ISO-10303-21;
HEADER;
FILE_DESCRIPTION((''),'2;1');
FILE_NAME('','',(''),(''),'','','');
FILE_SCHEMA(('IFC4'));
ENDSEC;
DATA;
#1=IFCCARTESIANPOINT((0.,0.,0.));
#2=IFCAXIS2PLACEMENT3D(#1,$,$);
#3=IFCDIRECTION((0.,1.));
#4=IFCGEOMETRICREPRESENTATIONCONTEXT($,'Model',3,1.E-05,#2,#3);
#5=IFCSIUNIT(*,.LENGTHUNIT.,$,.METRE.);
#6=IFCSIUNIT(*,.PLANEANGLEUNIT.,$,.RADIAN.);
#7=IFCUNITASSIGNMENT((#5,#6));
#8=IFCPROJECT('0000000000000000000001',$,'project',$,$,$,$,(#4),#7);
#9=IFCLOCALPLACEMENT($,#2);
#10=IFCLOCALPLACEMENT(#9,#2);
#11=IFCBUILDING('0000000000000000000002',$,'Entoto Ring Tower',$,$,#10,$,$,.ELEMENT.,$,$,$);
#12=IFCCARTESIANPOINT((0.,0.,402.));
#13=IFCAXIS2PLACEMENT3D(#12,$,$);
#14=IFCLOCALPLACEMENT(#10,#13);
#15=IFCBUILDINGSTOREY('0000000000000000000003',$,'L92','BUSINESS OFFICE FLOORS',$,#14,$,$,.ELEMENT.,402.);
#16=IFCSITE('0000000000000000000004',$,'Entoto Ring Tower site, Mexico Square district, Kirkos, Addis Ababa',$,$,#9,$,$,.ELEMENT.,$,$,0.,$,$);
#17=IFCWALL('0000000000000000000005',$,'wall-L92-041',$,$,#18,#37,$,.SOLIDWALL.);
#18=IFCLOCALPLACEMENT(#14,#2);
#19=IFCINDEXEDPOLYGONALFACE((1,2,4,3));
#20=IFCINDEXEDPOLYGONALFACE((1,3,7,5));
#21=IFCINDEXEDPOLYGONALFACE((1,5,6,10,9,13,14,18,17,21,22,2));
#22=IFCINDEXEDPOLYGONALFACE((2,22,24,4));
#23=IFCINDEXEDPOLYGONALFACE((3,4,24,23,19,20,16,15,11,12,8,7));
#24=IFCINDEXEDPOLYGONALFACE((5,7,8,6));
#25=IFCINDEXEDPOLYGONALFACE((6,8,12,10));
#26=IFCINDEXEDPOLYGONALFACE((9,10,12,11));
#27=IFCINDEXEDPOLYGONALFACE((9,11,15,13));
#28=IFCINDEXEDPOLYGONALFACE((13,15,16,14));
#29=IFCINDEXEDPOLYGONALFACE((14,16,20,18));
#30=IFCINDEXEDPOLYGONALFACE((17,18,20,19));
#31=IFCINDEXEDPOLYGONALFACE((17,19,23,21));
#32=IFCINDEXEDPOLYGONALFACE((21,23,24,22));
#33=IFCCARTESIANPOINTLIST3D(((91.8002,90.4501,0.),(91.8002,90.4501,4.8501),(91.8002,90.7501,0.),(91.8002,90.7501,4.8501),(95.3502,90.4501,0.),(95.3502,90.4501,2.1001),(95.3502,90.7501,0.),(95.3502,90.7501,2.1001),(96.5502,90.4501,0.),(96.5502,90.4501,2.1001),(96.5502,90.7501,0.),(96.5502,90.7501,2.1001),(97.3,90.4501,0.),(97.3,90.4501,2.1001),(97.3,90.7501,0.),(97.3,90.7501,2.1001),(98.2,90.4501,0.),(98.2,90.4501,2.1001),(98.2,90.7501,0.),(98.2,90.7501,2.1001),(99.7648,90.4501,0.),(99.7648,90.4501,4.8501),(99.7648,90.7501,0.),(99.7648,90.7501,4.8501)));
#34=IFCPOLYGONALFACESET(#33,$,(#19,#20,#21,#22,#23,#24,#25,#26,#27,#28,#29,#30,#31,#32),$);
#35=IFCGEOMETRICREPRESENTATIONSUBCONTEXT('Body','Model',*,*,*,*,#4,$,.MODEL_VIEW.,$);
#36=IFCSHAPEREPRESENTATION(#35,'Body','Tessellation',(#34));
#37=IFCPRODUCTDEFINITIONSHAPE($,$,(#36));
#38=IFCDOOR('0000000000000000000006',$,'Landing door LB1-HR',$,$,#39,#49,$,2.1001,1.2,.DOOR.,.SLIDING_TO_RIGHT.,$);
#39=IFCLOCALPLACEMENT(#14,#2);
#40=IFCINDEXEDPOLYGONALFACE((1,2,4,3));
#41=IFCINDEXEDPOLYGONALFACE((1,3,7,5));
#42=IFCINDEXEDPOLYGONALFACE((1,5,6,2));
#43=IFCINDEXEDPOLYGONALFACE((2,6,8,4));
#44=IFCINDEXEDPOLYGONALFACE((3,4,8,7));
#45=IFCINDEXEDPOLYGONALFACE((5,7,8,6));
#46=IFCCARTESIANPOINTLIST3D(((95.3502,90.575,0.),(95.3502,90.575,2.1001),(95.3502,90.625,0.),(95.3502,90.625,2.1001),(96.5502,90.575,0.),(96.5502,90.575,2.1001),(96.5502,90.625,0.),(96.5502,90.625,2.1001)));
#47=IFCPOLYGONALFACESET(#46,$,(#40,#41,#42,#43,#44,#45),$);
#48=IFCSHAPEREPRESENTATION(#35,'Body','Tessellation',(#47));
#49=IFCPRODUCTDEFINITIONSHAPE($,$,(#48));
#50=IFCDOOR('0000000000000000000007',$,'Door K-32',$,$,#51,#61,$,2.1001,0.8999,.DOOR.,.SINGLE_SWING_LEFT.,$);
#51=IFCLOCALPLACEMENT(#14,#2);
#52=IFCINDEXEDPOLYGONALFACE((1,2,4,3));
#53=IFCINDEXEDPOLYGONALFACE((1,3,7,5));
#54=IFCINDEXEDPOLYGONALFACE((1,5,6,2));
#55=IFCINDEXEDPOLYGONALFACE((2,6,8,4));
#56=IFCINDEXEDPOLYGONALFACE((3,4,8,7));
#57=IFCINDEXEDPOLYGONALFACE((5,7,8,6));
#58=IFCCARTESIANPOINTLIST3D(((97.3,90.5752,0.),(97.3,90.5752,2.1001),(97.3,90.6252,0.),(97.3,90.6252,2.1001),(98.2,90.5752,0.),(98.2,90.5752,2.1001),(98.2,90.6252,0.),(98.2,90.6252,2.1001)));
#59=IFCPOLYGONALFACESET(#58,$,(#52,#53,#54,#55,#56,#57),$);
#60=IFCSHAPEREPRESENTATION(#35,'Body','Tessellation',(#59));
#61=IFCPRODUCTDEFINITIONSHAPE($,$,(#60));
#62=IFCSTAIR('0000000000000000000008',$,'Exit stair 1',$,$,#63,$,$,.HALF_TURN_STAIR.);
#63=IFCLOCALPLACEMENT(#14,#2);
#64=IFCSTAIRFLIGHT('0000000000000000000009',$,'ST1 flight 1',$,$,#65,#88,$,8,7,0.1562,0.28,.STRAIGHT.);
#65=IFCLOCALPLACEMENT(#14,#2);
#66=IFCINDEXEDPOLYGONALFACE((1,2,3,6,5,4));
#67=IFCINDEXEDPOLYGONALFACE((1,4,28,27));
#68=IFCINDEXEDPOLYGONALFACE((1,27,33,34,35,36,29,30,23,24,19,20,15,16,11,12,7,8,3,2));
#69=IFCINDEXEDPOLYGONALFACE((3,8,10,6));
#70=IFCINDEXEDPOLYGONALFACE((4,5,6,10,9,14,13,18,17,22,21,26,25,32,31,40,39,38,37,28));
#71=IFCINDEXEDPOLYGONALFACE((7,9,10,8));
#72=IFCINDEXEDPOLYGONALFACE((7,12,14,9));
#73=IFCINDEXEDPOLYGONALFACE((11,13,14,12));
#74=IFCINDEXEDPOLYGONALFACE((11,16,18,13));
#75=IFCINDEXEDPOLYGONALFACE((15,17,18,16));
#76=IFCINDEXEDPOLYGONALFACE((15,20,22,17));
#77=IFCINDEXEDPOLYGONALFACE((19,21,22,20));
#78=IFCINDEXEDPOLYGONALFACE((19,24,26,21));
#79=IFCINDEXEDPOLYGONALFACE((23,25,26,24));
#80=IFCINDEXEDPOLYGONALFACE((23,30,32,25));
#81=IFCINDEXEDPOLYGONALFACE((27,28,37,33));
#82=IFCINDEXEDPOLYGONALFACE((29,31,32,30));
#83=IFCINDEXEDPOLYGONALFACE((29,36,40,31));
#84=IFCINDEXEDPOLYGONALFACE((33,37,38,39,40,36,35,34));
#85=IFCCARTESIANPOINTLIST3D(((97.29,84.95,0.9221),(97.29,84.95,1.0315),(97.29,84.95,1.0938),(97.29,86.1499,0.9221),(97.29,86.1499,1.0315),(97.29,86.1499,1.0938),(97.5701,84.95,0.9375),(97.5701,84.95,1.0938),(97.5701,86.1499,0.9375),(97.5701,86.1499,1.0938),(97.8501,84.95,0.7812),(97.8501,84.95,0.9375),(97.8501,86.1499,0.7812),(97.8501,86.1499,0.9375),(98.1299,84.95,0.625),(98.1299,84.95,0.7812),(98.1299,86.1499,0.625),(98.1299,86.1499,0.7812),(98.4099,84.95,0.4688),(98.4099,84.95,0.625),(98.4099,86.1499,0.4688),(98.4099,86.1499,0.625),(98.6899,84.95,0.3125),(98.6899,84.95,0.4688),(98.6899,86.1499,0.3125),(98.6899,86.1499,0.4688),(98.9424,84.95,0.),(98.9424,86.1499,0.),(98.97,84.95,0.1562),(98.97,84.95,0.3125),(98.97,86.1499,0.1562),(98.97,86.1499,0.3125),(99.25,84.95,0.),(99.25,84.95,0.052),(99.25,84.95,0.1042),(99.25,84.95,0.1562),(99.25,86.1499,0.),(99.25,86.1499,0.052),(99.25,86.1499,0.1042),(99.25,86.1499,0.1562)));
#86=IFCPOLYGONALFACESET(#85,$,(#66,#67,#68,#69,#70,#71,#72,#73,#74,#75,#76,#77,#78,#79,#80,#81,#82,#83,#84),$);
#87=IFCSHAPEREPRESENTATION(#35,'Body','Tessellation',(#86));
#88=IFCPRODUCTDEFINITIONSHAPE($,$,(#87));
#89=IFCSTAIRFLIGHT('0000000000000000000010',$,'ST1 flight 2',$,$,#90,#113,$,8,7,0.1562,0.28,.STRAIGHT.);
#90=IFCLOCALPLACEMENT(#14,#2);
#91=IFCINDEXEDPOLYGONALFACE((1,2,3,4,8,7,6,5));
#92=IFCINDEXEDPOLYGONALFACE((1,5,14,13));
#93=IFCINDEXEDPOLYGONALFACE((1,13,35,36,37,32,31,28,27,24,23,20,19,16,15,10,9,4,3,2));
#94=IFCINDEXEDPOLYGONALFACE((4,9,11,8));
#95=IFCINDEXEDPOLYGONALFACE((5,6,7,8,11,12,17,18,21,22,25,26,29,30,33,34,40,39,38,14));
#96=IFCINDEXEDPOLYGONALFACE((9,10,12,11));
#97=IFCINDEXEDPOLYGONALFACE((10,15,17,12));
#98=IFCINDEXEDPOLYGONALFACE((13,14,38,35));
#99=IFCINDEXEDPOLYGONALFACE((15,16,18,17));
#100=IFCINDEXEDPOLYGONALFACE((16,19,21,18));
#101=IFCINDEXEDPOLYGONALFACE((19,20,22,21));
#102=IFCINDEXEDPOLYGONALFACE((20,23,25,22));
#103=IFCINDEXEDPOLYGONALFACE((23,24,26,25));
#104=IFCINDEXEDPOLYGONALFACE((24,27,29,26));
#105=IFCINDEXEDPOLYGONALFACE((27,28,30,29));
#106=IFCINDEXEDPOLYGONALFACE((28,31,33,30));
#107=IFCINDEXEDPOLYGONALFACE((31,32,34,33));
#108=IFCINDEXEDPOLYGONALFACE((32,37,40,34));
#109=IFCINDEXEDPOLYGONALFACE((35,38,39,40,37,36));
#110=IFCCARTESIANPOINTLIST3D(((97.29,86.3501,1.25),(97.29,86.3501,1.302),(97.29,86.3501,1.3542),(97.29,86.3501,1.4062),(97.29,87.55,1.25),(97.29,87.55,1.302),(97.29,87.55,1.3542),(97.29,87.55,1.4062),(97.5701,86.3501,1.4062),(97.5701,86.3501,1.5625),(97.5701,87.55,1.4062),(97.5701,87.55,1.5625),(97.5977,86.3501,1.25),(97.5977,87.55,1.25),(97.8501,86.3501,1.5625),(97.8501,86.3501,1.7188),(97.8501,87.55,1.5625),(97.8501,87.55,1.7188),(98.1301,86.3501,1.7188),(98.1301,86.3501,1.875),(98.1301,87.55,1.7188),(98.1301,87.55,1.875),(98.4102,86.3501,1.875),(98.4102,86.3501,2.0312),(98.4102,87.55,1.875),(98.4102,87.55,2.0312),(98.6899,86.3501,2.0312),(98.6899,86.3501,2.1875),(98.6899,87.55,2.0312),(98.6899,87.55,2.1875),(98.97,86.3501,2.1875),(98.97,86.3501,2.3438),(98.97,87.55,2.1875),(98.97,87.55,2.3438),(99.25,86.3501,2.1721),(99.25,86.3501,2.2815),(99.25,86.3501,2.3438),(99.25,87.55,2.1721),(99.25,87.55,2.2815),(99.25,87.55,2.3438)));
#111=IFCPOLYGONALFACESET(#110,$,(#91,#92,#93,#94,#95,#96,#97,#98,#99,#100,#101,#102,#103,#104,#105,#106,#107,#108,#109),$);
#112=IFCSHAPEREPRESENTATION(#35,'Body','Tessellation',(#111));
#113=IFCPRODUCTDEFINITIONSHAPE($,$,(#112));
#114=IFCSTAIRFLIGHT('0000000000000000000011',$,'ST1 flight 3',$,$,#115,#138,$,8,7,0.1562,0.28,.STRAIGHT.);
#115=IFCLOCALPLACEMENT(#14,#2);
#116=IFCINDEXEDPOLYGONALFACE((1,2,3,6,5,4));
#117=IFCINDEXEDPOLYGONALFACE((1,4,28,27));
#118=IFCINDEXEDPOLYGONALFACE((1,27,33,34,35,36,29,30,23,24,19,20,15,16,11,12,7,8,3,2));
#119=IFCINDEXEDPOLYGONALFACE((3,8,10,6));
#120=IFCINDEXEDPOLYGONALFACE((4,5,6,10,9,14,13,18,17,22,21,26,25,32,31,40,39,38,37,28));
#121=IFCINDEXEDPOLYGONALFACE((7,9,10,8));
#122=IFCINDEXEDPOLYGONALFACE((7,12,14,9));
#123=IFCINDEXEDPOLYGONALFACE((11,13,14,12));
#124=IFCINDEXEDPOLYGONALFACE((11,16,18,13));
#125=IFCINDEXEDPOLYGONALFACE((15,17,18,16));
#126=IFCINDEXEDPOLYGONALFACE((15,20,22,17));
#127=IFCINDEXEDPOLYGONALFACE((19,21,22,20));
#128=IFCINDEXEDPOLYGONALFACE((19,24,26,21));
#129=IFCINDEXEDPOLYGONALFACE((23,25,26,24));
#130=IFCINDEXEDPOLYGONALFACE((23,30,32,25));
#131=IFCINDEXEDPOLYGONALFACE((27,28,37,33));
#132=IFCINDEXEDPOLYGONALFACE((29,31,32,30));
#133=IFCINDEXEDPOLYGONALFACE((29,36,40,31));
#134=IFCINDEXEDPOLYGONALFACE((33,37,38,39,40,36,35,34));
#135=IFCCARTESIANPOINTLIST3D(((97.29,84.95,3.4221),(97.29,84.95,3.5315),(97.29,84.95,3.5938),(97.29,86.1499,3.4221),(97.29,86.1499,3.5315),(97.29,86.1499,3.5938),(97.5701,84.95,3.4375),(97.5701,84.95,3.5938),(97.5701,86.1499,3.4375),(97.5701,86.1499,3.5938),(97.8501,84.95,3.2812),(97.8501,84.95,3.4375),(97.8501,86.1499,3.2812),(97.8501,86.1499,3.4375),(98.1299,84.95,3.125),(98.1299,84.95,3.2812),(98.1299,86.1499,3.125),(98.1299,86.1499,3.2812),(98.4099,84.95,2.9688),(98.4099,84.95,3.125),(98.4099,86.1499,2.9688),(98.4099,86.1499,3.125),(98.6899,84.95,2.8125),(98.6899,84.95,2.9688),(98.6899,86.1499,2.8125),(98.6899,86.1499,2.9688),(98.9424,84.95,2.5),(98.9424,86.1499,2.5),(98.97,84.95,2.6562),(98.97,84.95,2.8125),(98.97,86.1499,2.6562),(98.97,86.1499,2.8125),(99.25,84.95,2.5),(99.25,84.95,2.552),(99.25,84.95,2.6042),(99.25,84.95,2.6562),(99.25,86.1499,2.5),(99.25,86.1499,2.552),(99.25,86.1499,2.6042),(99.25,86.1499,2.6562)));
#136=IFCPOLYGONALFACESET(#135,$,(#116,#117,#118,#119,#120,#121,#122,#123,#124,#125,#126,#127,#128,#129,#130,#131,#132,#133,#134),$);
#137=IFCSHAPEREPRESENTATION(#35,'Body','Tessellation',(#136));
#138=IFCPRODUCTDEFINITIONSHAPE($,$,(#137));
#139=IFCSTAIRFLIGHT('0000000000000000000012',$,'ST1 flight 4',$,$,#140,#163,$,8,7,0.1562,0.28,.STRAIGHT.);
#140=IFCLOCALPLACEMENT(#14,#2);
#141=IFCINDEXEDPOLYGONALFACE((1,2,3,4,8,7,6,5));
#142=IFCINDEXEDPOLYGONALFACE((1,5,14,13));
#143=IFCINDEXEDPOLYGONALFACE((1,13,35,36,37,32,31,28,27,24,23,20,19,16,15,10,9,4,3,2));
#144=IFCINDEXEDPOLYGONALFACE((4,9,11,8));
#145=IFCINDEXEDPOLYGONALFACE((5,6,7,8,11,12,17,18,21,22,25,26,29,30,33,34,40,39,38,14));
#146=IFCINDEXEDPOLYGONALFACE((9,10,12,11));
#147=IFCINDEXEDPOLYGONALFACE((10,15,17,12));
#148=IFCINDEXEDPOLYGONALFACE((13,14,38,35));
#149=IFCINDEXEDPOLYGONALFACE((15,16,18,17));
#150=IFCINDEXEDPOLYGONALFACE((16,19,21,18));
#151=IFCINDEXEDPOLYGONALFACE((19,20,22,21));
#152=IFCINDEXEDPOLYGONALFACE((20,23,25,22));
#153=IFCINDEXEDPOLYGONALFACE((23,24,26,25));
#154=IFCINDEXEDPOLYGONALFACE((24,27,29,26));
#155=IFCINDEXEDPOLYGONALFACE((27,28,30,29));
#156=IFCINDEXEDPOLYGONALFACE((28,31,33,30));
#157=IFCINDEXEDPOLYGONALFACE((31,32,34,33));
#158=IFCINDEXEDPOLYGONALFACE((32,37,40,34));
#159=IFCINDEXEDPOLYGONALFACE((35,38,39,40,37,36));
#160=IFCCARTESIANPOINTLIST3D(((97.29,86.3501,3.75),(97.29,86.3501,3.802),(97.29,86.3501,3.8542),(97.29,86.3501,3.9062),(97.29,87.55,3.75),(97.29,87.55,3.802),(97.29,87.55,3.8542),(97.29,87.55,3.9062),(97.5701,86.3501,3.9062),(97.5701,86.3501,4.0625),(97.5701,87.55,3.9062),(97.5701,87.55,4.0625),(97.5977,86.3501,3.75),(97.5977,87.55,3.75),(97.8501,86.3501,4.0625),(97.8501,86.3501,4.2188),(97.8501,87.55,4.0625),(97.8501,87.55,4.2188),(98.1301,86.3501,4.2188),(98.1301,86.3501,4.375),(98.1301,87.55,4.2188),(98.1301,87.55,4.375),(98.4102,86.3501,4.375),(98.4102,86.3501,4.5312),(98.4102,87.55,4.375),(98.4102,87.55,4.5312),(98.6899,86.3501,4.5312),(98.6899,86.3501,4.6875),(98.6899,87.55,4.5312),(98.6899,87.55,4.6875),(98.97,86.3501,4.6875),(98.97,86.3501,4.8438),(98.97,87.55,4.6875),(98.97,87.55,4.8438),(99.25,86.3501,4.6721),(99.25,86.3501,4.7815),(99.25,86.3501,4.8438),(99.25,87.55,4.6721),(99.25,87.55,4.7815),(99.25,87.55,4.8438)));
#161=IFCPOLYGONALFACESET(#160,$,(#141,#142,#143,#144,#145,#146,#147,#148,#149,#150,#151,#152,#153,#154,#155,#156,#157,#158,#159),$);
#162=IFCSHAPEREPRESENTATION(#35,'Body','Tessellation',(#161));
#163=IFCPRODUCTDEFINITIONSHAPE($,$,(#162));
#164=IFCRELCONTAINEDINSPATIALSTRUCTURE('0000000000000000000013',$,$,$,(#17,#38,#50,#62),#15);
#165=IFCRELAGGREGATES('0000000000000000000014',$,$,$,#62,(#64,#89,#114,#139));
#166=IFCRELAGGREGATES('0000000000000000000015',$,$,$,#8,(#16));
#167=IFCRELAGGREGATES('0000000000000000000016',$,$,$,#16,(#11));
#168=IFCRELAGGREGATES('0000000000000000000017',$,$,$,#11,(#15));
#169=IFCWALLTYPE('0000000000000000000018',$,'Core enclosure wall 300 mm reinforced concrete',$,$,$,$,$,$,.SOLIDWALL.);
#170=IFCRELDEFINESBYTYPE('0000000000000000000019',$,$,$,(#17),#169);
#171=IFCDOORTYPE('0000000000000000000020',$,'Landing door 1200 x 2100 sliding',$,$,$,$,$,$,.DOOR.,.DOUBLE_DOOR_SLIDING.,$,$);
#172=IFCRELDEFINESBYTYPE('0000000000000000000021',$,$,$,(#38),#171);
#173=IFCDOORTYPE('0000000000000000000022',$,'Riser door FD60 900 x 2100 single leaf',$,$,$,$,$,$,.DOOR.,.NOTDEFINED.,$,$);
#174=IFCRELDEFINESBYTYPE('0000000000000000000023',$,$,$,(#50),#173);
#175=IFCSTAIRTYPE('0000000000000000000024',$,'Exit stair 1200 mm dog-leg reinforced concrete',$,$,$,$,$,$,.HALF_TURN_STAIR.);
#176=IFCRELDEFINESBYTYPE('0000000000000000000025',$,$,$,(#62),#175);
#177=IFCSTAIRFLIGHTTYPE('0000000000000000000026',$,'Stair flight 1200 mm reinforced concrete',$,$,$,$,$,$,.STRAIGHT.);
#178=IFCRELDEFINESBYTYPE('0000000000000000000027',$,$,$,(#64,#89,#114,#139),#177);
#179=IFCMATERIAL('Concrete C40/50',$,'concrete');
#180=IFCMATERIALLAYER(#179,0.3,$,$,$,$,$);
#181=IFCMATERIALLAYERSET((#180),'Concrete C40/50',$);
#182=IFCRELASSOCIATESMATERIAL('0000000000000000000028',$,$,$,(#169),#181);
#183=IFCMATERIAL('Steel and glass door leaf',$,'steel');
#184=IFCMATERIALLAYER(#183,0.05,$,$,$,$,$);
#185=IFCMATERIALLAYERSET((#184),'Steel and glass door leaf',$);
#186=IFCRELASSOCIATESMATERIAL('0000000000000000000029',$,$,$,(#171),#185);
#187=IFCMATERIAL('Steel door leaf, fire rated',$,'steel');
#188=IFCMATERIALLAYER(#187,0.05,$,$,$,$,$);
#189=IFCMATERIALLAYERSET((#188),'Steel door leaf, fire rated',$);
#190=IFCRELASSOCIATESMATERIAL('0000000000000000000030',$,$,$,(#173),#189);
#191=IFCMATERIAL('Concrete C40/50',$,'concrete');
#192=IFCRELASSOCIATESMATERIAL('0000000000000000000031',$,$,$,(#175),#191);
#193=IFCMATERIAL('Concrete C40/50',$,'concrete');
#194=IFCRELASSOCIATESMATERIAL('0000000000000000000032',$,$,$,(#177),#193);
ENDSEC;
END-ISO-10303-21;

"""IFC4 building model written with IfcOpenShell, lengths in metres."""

from ifc_helpers import new_model, si_unit, direction, frame, frame_2d, origin, place, context, subcontext, project, spatial, polyline, rectangle, outline, extrude, material, layer, layer_set, type_object, element, fill, aggregate, save


model = new_model("IFC4")

# Units and contexts
model_context = context("Model", 3, precision=1e-05, world=origin(), true_north=direction((0.0, 1.0)))
body_context = subcontext(model_context, "Body", "Model", "MODEL_VIEW")
ifc_project = project(units=[si_unit("LENGTHUNIT", "METRE"), si_unit("PLANEANGLEUNIT", "RADIAN")], contexts=[model_context])

# Site, building, storey
site_placement = place(None, origin())
site = spatial("IfcSite", under=ifc_project, at=site_placement, Name="Entoto Ring Tower site, Mexico Square district, Kirkos, Addis Ababa", CompositionType="ELEMENT", RefElevation=0.0)
building_placement = place(site_placement, origin())
building = spatial("IfcBuilding", under=site, at=building_placement, Name="Entoto Ring Tower", CompositionType="ELEMENT")
storey_placement = place(building_placement, frame((0.0, 0.0, 402.0)))
storey = spatial("IfcBuildingStorey", under=building, at=storey_placement, Name="L92", Description="BUSINESS OFFICE FLOORS", CompositionType="ELEMENT", Elevation=402.0)

# Shared definitions
ifc_material_1 = material(Name="Concrete C40/50", Category="concrete")
ifc_layer_1 = layer(ifc_material_1, 0.3)
ifc_layer_set_1 = layer_set([ifc_layer_1], Name="Concrete C40/50")
wall_type = type_object("IfcWallType", Name="Core enclosure wall 300 mm reinforced concrete", PredefinedType="SOLIDWALL", material=ifc_layer_set_1)

# Shared definitions
ifc_material_2 = material(Name="Steel and glass door leaf", Category="steel")
ifc_layer_2 = layer(ifc_material_2, 0.05)
ifc_layer_set_2 = layer_set([ifc_layer_2], Name="Steel and glass door leaf")
door_type_1 = type_object("IfcDoorType", Name="Landing door 1200 x 2100 sliding", OperationType="DOUBLE_DOOR_SLIDING", PredefinedType="DOOR", material=ifc_layer_set_2)

# Wall, openings, doors
wall_1_placement = place(storey_placement, frame((91.8, 90.6001, 0.0), z_axis=(0.0, 0.0, 1.0), x_axis=(1.0, 0.0, 0.0)))
wall_1 = element("IfcWall", 1, at=wall_1_placement, inside=storey, type_object=wall_type, Name="wall-L92-041", PredefinedType="SOLIDWALL", context=body_context, shape_type="SweptSolid", body=[
    extrude(rectangle(XDim=7.9646, YDim=0.3, at=frame_2d((3.9824, 0.0))), origin(), (0.0, 0.0, 1.0), 4.8501),
])
opening_1_placement = place(wall_1_placement, frame((3.55, 0.0, 0.0)))
opening_1 = element("IfcOpeningElement", 2, at=opening_1_placement, cuts=wall_1, PredefinedType="OPENING", context=body_context, shape_type="SweptSolid", body=[
    extrude(rectangle(XDim=1.2, YDim=2.1001, at=frame_2d((0.6001, 1.05))), frame((0.0, 0.1602, 0.0), z_axis=(0.0, -1.0, 0.0), x_axis=(1.0, 0.0, 0.0)), (0.0, 0.0, 1.0), 0.3201),
])
opening_2_placement = place(wall_1_placement, frame((5.5, 0.0, 0.0)))
opening_2 = element("IfcOpeningElement", 3, at=opening_2_placement, cuts=wall_1, PredefinedType="OPENING", context=body_context, shape_type="SweptSolid", body=[
    extrude(rectangle(XDim=0.8999, YDim=2.1001, at=frame_2d((0.45, 1.05))), frame((0.0, 0.1602, 0.0), z_axis=(0.0, -1.0, 0.0), x_axis=(1.0, 0.0, 0.0)), (0.0, 0.0, 1.0), 0.3201),
])
door_1_placement = place(opening_1_placement, origin())
door_1 = element("IfcDoor", 4, at=door_1_placement, inside=storey, type_object=door_type_1, Name="Landing door LB1-HR", OperationType="SLIDING_TO_RIGHT", OverallHeight=2.1001, OverallWidth=1.2, PredefinedType="DOOR", context=body_context, shape_type="SweptSolid", body=[
    extrude(rectangle(XDim=1.2, YDim=2.1001, at=frame_2d((0.6001, 1.05))), frame((0.0, 0.0249, 0.0), z_axis=(0.0, -1.0, 0.0), x_axis=(1.0, 0.0, 0.0)), (0.0, 0.0, 1.0), 0.05),
])
fill(opening_1, door_1)
ifc_material_3 = material(Name="Steel door leaf, fire rated", Category="steel")
ifc_layer_3 = layer(ifc_material_3, 0.05)
ifc_layer_set_3 = layer_set([ifc_layer_3], Name="Steel door leaf, fire rated")
door_type_2 = type_object("IfcDoorType", Name="Riser door FD60 900 x 2100 single leaf", OperationType="NOTDEFINED", PredefinedType="DOOR", material=ifc_layer_set_3)
door_2_placement = place(opening_2_placement, frame((0.8999, 0.0, 0.0), z_axis=(0.0, 0.0, 1.0), x_axis=(-1.0, 0.0, 0.0)))
door_2 = element("IfcDoor", 5, at=door_2_placement, inside=storey, type_object=door_type_2, Name="Door K-32", OperationType="SINGLE_SWING_LEFT", OverallHeight=2.1001, OverallWidth=0.8999, PredefinedType="DOOR", context=body_context, shape_type="SweptSolid", body=[
    extrude(rectangle(XDim=0.8999, YDim=2.1001, at=frame_2d((0.45, 1.05))), frame((0.0, 0.0249, 0.0), z_axis=(0.0, -1.0, 0.0), x_axis=(1.0, 0.0, 0.0)), (0.0, 0.0, 1.0), 0.05),
])
fill(opening_2, door_2)

# Stair, stair flights
ifc_material_4 = material(Name="Concrete C40/50", Category="concrete")
stair_type = type_object("IfcStairType", Name="Exit stair 1200 mm dog-leg reinforced concrete", PredefinedType="HALF_TURN_STAIR", material=ifc_material_4)
stair_placement = place(storey_placement, origin())
stair = element("IfcStair", 6, at=stair_placement, inside=storey, type_object=stair_type, Name="Exit stair 1", PredefinedType="HALF_TURN_STAIR")
ifc_material_5 = material(Name="Concrete C40/50", Category="concrete")
stair_flight_type = type_object("IfcStairFlightType", Name="Stair flight 1200 mm reinforced concrete", PredefinedType="STRAIGHT", material=ifc_material_5)
stair_flight_1_placement = place(storey_placement, frame((99.25, 85.55, 0.0), z_axis=(0.0, 0.0, 1.0), x_axis=(-1.0, 0.0, 0.0)))
stair_flight_1 = element("IfcStairFlight", 7, at=stair_flight_1_placement, type_object=stair_flight_type, Name="ST1 flight 1", NumberOfRisers=8, NumberOfTreads=7, PredefinedType="STRAIGHT", RiserHeight=0.1562, TreadLength=0.28, context=body_context, shape_type="SweptSolid", body=[
    extrude(outline(polyline([(0.0, 0.0), (0.0, 0.052), (0.0, 0.1042), (0.0, 0.1562), (0.28, 0.1562), (0.28, 0.3125), (0.5601, 0.3125), (0.5601, 0.4688), (0.8401, 0.4688), (0.8401, 0.625), (1.1201, 0.625), (1.1201, 0.7812), (1.3999, 0.7812), (1.3999, 0.9375), (1.6799, 0.9375), (1.6799, 1.0938), (1.96, 1.0938), (1.96, 1.25), (1.96, 1.1406), (1.96, 1.0315), (1.96, 0.9221), (0.3076, 0.0), (0.0, 0.0)])), frame((0.0, 0.6001, 0.0), z_axis=(0.0, -1.0, 0.0), x_axis=(1.0, 0.0, 0.0)), (0.0, 0.0, 1.0), 1.2),
])
stair_flight_2_placement = place(storey_placement, frame((97.29, 86.95, 1.25), z_axis=(0.0, 0.0, 1.0), x_axis=(1.0, 0.0, 0.0)))
stair_flight_2 = element("IfcStairFlight", 8, at=stair_flight_2_placement, type_object=stair_flight_type, Name="ST1 flight 2", NumberOfRisers=8, NumberOfTreads=7, PredefinedType="STRAIGHT", RiserHeight=0.1562, TreadLength=0.28, context=body_context, shape_type="SweptSolid", body=[
    extrude(outline(polyline([(0.0, 0.0), (0.0, 0.052), (0.0, 0.1042), (0.0, 0.1562), (0.28, 0.1562), (0.28, 0.3125), (0.5601, 0.3125), (0.5601, 0.4688), (0.8401, 0.4688), (0.8401, 0.625), (1.1201, 0.625), (1.1201, 0.7812), (1.3999, 0.7812), (1.3999, 0.9375), (1.6799, 0.9375), (1.6799, 1.0938), (1.96, 1.0938), (1.96, 1.25), (1.96, 1.1406), (1.96, 1.0315), (1.96, 0.9221), (0.3076, 0.0), (0.0, 0.0)])), frame((0.0, 0.6001, 0.0), z_axis=(0.0, -1.0, 0.0), x_axis=(1.0, 0.0, 0.0)), (0.0, 0.0, 1.0), 1.2),
])
stair_flight_3_placement = place(storey_placement, frame((99.25, 85.55, 2.5), z_axis=(0.0, 0.0, 1.0), x_axis=(-1.0, 0.0, 0.0)))
stair_flight_3 = element("IfcStairFlight", 9, at=stair_flight_3_placement, type_object=stair_flight_type, Name="ST1 flight 3", NumberOfRisers=8, NumberOfTreads=7, PredefinedType="STRAIGHT", RiserHeight=0.1562, TreadLength=0.28, context=body_context, shape_type="SweptSolid", body=[
    extrude(outline(polyline([(0.0, 0.0), (0.0, 0.052), (0.0, 0.1042), (0.0, 0.1562), (0.28, 0.1562), (0.28, 0.3125), (0.5601, 0.3125), (0.5601, 0.4688), (0.8401, 0.4688), (0.8401, 0.625), (1.1201, 0.625), (1.1201, 0.7812), (1.3999, 0.7812), (1.3999, 0.9375), (1.6799, 0.9375), (1.6799, 1.0938), (1.96, 1.0938), (1.96, 1.25), (1.96, 1.1406), (1.96, 1.0315), (1.96, 0.9221), (0.3076, 0.0), (0.0, 0.0)])), frame((0.0, 0.6001, 0.0), z_axis=(0.0, -1.0, 0.0), x_axis=(1.0, 0.0, 0.0)), (0.0, 0.0, 1.0), 1.2),
])
stair_flight_4_placement = place(storey_placement, frame((97.29, 86.95, 3.75), z_axis=(0.0, 0.0, 1.0), x_axis=(1.0, 0.0, 0.0)))
stair_flight_4 = element("IfcStairFlight", 10, at=stair_flight_4_placement, type_object=stair_flight_type, Name="ST1 flight 4", NumberOfRisers=8, NumberOfTreads=7, PredefinedType="STRAIGHT", RiserHeight=0.1562, TreadLength=0.28, context=body_context, shape_type="SweptSolid", body=[
    extrude(outline(polyline([(0.0, 0.0), (0.0, 0.052), (0.0, 0.1042), (0.0, 0.1562), (0.28, 0.1562), (0.28, 0.3125), (0.5601, 0.3125), (0.5601, 0.4688), (0.8401, 0.4688), (0.8401, 0.625), (1.1201, 0.625), (1.1201, 0.7812), (1.3999, 0.7812), (1.3999, 0.9375), (1.6799, 0.9375), (1.6799, 1.0938), (1.96, 1.0938), (1.96, 1.25), (1.96, 1.1406), (1.96, 1.0315), (1.96, 0.9221), (0.3076, 0.0), (0.0, 0.0)])), frame((0.0, 0.6001, 0.0), z_axis=(0.0, -1.0, 0.0), x_axis=(1.0, 0.0, 0.0)), (0.0, 0.0, 1.0), 1.2),
])
aggregate(stair, [stair_flight_1, stair_flight_2, stair_flight_3, stair_flight_4])

save(model, "model.ifc")
